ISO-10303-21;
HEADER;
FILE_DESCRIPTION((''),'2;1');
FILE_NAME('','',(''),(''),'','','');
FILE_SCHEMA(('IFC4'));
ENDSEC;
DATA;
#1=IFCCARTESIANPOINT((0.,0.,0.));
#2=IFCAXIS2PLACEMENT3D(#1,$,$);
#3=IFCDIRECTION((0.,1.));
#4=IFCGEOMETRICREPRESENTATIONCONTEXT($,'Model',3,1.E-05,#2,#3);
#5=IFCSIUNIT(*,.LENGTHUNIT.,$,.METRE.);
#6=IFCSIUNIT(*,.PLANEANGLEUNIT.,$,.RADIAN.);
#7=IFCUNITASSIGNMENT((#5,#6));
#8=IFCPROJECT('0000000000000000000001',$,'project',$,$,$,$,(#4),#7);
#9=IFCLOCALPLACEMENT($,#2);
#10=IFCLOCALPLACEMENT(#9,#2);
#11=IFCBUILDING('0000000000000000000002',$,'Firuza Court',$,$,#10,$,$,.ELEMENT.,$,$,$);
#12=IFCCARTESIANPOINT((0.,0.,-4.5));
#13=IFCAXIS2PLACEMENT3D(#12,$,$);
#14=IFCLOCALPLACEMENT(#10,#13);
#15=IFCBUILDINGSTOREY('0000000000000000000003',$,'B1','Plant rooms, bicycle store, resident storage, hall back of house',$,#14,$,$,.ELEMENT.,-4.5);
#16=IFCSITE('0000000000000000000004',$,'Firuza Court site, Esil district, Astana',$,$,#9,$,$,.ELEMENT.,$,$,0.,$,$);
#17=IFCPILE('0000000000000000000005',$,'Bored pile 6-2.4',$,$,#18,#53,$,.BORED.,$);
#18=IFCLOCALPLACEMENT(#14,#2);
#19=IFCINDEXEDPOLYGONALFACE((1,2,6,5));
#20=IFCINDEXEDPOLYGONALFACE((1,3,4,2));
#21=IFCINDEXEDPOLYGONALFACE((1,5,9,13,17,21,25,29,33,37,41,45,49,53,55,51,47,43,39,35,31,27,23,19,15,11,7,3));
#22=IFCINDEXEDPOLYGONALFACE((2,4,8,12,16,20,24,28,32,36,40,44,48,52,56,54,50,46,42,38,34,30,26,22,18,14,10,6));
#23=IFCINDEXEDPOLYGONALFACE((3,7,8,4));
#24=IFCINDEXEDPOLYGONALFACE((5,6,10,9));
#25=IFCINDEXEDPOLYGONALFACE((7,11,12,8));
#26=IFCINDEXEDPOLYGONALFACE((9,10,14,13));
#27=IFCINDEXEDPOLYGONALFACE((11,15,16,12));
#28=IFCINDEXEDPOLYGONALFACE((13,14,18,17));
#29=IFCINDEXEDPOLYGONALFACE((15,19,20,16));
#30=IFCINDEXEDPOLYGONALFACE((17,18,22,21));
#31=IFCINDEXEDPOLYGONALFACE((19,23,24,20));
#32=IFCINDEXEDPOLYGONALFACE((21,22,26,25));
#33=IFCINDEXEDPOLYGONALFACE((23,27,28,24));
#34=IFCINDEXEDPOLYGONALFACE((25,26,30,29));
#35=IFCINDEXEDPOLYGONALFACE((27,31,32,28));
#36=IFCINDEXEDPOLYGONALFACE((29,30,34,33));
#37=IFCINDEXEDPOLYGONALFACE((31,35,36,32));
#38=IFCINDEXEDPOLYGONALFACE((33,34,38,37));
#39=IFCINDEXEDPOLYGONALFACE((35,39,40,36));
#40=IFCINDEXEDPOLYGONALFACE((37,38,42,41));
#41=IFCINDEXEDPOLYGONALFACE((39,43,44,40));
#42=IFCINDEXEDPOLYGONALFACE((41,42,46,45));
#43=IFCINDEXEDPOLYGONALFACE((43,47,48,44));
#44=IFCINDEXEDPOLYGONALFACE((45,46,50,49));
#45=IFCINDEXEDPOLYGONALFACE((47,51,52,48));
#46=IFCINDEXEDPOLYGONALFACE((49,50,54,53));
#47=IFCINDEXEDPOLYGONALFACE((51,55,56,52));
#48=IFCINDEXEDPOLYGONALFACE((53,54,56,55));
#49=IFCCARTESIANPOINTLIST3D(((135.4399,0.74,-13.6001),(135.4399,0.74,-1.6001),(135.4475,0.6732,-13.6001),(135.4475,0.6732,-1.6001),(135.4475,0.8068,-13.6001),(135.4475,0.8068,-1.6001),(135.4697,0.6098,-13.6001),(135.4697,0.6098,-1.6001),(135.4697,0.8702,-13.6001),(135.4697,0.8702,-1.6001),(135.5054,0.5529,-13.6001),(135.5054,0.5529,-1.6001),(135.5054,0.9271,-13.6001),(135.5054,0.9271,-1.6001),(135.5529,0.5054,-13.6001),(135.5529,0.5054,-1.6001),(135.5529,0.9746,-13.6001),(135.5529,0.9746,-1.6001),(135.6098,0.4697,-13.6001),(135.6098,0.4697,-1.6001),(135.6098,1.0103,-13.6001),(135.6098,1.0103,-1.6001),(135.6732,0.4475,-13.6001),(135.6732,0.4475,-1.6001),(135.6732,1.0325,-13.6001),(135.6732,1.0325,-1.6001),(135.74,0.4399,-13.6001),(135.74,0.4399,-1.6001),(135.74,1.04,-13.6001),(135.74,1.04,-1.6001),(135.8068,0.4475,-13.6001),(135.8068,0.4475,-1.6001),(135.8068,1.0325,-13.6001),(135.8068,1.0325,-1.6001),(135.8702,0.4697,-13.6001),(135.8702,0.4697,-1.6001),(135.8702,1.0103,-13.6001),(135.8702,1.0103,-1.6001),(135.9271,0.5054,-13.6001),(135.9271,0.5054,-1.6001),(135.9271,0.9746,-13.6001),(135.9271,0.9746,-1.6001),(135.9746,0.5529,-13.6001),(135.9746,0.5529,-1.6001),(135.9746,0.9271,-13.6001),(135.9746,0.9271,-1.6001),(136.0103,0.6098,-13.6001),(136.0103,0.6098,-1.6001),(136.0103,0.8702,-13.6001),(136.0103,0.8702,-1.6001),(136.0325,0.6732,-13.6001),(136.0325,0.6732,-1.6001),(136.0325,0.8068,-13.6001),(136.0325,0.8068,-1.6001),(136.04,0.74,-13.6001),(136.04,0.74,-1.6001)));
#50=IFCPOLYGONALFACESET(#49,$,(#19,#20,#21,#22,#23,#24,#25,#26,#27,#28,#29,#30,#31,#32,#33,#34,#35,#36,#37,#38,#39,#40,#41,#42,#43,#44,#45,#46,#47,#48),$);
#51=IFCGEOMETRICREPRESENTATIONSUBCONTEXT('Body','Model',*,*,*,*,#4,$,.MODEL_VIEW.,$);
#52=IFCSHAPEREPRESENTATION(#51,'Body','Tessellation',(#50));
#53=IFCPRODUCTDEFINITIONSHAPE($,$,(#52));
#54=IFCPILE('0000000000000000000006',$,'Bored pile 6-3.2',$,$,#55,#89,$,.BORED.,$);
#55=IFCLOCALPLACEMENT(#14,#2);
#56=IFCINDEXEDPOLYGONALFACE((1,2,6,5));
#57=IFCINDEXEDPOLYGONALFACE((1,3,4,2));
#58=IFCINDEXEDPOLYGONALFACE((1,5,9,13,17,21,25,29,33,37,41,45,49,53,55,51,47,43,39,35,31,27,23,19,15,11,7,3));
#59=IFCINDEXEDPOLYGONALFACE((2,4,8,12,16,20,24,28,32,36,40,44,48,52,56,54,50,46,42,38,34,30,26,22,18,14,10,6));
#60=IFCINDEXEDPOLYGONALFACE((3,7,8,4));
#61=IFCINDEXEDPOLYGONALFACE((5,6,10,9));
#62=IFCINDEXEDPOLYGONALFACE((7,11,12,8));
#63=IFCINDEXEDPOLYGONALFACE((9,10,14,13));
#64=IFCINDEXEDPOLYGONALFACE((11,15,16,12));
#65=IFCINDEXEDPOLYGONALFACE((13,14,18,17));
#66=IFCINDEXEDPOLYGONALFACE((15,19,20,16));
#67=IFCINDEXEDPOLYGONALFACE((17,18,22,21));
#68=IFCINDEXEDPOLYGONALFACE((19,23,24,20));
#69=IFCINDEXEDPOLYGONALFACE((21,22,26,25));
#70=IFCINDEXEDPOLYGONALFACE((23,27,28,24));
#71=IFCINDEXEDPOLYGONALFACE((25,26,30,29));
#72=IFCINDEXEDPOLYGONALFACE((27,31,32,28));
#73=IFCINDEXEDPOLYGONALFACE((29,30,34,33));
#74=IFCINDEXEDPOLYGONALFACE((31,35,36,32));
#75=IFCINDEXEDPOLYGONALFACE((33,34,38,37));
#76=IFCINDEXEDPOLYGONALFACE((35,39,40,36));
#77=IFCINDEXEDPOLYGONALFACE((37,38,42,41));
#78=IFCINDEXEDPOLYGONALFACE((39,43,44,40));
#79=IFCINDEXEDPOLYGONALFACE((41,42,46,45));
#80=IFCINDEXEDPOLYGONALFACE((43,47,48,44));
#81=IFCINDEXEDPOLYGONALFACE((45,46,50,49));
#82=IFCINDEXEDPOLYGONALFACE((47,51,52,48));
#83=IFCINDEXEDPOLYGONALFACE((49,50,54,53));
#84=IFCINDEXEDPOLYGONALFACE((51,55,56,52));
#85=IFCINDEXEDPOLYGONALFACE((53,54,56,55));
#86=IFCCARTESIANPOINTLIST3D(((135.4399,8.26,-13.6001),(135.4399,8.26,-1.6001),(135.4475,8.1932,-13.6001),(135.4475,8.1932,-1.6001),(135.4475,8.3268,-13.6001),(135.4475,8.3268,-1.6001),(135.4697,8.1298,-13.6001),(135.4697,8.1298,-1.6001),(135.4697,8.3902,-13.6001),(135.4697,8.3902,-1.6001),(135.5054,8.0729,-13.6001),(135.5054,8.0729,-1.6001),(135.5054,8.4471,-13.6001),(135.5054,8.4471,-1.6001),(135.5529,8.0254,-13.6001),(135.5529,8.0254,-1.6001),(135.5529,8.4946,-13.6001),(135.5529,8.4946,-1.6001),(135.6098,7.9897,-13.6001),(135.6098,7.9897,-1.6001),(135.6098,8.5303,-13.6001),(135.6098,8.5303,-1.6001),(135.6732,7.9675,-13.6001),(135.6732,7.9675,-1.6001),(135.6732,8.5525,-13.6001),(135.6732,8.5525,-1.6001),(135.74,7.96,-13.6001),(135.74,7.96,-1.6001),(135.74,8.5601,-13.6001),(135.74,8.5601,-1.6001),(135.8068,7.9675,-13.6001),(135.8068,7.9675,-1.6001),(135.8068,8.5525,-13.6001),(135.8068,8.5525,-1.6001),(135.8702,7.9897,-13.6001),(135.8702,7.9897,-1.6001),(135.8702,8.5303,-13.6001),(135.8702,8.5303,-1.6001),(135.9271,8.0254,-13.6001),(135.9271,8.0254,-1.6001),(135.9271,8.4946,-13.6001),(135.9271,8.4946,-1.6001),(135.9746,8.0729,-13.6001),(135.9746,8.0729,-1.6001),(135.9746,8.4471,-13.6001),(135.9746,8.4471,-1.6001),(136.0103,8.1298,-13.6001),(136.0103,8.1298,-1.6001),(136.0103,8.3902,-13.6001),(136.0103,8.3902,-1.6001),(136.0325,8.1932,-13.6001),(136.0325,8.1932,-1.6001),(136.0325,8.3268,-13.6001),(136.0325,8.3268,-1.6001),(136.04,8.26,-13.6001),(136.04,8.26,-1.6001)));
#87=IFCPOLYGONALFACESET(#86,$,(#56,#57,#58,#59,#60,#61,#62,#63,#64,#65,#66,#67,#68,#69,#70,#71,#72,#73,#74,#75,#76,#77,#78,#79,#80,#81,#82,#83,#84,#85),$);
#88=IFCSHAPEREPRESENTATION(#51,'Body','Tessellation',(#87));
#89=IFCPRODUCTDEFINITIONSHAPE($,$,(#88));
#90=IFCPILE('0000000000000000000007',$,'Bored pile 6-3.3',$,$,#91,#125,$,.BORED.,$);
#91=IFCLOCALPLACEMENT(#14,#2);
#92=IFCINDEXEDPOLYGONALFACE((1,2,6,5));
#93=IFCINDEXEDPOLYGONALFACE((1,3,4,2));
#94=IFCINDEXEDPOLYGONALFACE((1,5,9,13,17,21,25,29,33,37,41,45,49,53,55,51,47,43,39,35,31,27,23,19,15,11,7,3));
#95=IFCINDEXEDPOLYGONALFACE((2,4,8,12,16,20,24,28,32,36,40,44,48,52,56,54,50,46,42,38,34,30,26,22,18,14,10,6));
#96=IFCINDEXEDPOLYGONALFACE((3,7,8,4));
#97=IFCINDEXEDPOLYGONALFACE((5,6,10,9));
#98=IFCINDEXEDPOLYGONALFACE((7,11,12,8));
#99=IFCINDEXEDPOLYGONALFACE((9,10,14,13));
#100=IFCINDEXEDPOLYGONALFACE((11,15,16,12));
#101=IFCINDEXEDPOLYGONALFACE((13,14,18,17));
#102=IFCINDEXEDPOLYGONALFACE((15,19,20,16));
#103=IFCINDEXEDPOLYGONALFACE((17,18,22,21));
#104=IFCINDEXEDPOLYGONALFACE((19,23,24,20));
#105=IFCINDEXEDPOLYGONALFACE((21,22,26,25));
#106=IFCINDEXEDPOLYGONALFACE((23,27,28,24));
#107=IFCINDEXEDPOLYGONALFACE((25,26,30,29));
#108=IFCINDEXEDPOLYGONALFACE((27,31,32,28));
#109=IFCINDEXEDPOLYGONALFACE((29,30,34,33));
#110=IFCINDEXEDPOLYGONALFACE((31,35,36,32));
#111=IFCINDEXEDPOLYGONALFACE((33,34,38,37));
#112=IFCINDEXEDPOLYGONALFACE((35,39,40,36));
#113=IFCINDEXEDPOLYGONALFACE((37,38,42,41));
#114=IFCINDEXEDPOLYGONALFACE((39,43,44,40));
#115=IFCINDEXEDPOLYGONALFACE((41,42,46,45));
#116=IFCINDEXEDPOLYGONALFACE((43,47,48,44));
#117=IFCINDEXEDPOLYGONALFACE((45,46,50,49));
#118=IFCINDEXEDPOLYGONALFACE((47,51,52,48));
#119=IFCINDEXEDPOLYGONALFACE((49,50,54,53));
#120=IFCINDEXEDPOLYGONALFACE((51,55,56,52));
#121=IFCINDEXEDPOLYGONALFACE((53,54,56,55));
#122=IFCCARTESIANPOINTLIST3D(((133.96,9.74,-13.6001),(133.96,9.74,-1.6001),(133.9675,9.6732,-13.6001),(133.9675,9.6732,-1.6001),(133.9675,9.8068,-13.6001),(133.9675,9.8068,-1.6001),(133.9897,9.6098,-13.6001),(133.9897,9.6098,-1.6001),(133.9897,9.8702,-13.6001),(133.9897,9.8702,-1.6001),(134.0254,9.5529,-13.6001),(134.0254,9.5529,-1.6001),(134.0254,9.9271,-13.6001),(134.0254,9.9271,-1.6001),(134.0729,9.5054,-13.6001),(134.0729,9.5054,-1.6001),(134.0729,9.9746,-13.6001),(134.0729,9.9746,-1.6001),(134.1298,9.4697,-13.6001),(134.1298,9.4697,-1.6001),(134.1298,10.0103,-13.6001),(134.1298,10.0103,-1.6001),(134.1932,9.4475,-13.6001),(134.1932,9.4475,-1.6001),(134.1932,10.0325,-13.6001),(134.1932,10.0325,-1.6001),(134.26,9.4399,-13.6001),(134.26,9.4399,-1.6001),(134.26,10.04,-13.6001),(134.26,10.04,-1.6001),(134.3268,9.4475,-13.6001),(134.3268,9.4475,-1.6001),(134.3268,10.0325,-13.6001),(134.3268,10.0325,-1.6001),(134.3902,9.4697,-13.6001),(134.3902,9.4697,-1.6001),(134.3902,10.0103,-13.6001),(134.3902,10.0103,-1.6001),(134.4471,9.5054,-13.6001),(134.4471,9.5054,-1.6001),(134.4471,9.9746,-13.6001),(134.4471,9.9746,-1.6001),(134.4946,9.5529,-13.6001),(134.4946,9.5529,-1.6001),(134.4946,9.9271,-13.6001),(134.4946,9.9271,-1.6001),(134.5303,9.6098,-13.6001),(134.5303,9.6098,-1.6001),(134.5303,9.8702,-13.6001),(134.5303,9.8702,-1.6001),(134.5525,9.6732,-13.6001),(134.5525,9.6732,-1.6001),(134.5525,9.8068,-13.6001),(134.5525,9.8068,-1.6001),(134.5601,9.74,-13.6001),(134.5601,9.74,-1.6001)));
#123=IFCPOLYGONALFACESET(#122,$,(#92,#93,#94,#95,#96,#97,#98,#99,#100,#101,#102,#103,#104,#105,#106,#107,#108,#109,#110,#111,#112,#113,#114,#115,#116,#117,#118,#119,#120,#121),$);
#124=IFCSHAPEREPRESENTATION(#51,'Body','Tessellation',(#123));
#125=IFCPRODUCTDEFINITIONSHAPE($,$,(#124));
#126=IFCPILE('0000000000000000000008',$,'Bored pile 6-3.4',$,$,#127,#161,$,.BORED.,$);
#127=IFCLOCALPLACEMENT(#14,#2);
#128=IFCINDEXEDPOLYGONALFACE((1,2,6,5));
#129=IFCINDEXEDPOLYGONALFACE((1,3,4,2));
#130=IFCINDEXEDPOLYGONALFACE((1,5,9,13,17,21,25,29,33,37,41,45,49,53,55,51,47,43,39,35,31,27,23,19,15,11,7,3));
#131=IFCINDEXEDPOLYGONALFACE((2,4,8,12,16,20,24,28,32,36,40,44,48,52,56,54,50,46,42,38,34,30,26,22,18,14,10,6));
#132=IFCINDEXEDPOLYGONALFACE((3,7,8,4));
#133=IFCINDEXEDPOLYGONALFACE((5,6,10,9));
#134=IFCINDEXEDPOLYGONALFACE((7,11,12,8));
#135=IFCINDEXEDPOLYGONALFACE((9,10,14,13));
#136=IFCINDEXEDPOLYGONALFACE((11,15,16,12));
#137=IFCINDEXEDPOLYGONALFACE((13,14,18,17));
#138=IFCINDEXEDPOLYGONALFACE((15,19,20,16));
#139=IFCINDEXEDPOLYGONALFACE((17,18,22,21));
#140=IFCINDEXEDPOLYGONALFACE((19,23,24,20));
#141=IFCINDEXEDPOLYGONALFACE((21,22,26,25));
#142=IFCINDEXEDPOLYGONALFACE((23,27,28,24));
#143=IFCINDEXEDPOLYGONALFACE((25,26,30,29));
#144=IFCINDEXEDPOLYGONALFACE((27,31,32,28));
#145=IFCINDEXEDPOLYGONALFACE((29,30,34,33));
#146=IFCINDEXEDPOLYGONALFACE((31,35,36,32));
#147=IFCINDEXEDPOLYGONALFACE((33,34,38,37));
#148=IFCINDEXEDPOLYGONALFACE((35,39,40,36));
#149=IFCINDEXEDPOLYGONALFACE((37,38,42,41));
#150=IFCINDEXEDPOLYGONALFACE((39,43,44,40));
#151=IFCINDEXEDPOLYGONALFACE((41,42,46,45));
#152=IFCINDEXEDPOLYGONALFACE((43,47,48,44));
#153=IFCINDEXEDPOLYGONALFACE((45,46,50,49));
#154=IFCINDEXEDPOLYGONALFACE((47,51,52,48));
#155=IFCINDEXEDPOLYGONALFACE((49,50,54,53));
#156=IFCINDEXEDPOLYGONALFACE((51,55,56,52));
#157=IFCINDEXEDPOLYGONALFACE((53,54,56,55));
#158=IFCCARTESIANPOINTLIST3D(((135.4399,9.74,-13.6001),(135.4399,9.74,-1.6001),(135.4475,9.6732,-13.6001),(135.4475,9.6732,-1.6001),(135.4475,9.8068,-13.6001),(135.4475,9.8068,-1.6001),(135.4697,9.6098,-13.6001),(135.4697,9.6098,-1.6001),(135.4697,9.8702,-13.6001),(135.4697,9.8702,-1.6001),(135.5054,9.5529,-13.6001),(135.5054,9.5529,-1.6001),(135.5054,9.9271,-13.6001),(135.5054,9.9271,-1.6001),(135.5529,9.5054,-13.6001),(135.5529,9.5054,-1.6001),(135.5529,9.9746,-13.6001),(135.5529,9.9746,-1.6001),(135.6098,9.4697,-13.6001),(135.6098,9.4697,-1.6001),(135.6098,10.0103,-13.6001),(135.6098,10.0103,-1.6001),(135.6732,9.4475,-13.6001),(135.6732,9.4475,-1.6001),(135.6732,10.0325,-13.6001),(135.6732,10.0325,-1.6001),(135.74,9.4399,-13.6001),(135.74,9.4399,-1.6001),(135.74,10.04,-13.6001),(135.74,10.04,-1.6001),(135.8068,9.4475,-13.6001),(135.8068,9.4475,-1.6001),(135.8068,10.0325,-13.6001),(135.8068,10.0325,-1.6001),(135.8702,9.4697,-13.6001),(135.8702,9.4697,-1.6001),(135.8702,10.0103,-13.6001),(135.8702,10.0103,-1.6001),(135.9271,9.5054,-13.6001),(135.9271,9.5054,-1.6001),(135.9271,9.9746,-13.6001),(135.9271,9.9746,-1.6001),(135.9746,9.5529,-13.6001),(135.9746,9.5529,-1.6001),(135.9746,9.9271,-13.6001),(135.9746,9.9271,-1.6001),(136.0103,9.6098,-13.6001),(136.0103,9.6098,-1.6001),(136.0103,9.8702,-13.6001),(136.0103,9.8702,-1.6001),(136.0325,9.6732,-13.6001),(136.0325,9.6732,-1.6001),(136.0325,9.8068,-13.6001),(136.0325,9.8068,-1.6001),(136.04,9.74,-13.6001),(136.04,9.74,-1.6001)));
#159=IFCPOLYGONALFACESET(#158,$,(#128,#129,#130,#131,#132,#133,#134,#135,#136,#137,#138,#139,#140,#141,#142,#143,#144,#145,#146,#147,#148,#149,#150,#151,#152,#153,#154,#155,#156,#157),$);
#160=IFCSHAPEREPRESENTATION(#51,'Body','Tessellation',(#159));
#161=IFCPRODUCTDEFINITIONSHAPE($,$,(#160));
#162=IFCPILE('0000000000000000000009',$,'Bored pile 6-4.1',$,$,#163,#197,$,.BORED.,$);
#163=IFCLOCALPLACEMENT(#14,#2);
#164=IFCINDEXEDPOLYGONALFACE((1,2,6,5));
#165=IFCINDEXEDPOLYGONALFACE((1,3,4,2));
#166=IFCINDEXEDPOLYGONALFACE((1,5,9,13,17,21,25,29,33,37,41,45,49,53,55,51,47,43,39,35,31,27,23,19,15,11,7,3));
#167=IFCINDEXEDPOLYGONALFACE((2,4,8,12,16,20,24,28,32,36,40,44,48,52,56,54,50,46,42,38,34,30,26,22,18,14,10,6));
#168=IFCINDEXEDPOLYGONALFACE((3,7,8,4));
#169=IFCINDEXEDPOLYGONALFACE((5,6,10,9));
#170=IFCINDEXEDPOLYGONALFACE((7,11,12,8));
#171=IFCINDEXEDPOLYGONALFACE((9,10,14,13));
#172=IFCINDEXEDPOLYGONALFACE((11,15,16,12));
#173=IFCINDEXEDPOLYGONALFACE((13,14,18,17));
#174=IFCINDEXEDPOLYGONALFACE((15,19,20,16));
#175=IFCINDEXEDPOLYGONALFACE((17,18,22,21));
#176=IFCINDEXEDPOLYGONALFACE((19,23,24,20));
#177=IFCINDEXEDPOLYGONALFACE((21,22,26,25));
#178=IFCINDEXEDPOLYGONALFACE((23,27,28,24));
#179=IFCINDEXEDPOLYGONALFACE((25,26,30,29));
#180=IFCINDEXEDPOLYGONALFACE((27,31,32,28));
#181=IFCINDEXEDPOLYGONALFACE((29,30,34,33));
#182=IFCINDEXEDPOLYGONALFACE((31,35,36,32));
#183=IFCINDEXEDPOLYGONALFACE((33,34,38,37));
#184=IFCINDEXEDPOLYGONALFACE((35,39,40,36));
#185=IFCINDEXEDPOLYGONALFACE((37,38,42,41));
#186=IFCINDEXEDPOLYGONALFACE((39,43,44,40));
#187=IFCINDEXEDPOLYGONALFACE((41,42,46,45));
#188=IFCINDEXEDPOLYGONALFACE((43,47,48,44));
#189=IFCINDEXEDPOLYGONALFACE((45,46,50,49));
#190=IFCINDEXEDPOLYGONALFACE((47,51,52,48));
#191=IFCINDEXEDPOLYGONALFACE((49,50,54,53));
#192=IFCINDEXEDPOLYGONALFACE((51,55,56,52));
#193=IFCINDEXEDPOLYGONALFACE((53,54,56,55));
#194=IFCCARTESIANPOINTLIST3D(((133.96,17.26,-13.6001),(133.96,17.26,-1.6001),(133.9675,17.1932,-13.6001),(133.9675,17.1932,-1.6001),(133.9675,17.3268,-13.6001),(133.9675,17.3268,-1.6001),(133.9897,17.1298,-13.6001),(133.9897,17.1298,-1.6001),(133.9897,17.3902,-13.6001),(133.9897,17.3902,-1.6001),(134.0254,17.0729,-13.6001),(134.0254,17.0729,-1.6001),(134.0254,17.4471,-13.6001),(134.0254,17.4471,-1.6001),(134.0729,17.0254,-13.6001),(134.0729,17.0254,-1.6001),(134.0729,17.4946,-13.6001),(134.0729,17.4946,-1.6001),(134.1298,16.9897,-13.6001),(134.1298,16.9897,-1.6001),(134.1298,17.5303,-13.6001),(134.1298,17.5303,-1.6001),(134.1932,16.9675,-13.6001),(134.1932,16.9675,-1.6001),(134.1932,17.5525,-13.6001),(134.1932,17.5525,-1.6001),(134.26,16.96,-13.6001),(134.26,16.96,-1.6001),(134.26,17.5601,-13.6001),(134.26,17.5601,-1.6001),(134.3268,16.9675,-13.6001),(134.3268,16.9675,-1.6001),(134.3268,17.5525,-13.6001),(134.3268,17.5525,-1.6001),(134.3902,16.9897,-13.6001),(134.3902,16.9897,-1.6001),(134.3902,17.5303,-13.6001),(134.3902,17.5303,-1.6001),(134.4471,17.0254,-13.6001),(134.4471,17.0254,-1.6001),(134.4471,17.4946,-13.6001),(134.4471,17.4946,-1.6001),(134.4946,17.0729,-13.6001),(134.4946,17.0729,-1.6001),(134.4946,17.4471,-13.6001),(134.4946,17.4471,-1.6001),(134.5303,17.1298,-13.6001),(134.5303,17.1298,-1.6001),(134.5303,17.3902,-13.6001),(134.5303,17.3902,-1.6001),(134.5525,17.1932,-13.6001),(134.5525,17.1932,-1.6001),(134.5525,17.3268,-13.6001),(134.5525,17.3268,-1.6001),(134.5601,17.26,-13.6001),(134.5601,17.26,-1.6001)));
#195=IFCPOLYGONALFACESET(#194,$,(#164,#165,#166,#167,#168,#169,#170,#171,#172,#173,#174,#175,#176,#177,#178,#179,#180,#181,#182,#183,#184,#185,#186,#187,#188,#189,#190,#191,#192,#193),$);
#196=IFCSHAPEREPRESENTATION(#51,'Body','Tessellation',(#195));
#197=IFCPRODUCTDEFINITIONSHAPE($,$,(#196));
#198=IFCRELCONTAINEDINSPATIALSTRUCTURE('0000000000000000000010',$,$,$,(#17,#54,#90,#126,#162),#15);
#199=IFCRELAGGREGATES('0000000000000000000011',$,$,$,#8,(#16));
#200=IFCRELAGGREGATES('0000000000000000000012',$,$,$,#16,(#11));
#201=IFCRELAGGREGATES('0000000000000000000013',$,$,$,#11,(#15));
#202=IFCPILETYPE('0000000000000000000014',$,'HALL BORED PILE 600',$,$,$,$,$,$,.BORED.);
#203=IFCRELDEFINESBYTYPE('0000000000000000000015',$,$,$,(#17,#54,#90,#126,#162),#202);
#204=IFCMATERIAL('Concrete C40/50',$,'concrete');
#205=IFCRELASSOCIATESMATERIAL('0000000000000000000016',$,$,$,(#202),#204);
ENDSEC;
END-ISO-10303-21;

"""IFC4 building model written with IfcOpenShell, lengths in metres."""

from ifc_helpers import new_model, si_unit, direction, frame, origin, origin_2d, place, context, subcontext, project, spatial, circle, extrude, material, material_profile, profile_set, type_object, element, save


model = new_model("IFC4")

# Units and contexts
model_context = context("Model", 3, precision=1e-05, world=origin(), true_north=direction((0.0, 1.0)))
body_context = subcontext(model_context, "Body", "Model", "MODEL_VIEW")
ifc_project = project(units=[si_unit("LENGTHUNIT", "METRE"), si_unit("PLANEANGLEUNIT", "RADIAN")], contexts=[model_context])

# Site, building, storey
site_placement = place(None, origin())
site = spatial("IfcSite", under=ifc_project, at=site_placement, Name="Firuza Court site, Esil district, Astana", CompositionType="ELEMENT", RefElevation=0.0)
building_placement = place(site_placement, origin())
building = spatial("IfcBuilding", under=site, at=building_placement, Name="Firuza Court", CompositionType="ELEMENT")
storey_placement = place(building_placement, frame((0.0, 0.0, -4.5)))
storey = spatial("IfcBuildingStorey", under=building, at=storey_placement, Name="B1", Description="Plant rooms, bicycle store, resident storage, hall back of house", CompositionType="ELEMENT", Elevation=-4.5)

# Piles
ifc_material_1 = material(Name="Concrete C40/50", Category="concrete")
ifc_material_profile_1 = material_profile(ifc_material_1, circle(Radius=0.3, at=origin_2d()), Name="PILE 600")
ifc_profile_set_1 = profile_set([ifc_material_profile_1], Name="Concrete C40/50")
pile_type = type_object("IfcPileType", Name="HALL BORED PILE 600", PredefinedType="BORED", material=ifc_profile_set_1)
for number, where, z_axis, x_axis, name in (
    (1, (135.74, 0.74, -1.6001), (0.0, 0.0, -1.0), (1.0, 0.0, 0.0), "Bored pile 6-2.4"),
    (2, (135.74, 8.26, -1.6001), (0.0, 0.0, -1.0), (1.0, 0.0, 0.0), "Bored pile 6-3.2"),
    (3, (134.26, 9.74, -1.6001), (0.0, 0.0, -1.0), (1.0, 0.0, 0.0), "Bored pile 6-3.3"),
    (4, (135.74, 9.74, -1.6001), (0.0, 0.0, -1.0), (1.0, 0.0, 0.0), "Bored pile 6-3.4"),
    (5, (134.26, 17.26, -1.6001), (0.0, 0.0, -1.0), (1.0, 0.0, 0.0), "Bored pile 6-4.1"),
):
    element("IfcPile", number, at=place(storey_placement, frame(where, z_axis=z_axis, x_axis=x_axis)), inside=storey, type_object=pile_type, Name=name, PredefinedType="BORED", context=body_context, shape_type="SweptSolid", body=[
        extrude(circle(Radius=0.3, at=origin_2d()), origin(), (0.0, 0.0, 1.0), 12.0),
    ])

save(model, "model.ifc")
